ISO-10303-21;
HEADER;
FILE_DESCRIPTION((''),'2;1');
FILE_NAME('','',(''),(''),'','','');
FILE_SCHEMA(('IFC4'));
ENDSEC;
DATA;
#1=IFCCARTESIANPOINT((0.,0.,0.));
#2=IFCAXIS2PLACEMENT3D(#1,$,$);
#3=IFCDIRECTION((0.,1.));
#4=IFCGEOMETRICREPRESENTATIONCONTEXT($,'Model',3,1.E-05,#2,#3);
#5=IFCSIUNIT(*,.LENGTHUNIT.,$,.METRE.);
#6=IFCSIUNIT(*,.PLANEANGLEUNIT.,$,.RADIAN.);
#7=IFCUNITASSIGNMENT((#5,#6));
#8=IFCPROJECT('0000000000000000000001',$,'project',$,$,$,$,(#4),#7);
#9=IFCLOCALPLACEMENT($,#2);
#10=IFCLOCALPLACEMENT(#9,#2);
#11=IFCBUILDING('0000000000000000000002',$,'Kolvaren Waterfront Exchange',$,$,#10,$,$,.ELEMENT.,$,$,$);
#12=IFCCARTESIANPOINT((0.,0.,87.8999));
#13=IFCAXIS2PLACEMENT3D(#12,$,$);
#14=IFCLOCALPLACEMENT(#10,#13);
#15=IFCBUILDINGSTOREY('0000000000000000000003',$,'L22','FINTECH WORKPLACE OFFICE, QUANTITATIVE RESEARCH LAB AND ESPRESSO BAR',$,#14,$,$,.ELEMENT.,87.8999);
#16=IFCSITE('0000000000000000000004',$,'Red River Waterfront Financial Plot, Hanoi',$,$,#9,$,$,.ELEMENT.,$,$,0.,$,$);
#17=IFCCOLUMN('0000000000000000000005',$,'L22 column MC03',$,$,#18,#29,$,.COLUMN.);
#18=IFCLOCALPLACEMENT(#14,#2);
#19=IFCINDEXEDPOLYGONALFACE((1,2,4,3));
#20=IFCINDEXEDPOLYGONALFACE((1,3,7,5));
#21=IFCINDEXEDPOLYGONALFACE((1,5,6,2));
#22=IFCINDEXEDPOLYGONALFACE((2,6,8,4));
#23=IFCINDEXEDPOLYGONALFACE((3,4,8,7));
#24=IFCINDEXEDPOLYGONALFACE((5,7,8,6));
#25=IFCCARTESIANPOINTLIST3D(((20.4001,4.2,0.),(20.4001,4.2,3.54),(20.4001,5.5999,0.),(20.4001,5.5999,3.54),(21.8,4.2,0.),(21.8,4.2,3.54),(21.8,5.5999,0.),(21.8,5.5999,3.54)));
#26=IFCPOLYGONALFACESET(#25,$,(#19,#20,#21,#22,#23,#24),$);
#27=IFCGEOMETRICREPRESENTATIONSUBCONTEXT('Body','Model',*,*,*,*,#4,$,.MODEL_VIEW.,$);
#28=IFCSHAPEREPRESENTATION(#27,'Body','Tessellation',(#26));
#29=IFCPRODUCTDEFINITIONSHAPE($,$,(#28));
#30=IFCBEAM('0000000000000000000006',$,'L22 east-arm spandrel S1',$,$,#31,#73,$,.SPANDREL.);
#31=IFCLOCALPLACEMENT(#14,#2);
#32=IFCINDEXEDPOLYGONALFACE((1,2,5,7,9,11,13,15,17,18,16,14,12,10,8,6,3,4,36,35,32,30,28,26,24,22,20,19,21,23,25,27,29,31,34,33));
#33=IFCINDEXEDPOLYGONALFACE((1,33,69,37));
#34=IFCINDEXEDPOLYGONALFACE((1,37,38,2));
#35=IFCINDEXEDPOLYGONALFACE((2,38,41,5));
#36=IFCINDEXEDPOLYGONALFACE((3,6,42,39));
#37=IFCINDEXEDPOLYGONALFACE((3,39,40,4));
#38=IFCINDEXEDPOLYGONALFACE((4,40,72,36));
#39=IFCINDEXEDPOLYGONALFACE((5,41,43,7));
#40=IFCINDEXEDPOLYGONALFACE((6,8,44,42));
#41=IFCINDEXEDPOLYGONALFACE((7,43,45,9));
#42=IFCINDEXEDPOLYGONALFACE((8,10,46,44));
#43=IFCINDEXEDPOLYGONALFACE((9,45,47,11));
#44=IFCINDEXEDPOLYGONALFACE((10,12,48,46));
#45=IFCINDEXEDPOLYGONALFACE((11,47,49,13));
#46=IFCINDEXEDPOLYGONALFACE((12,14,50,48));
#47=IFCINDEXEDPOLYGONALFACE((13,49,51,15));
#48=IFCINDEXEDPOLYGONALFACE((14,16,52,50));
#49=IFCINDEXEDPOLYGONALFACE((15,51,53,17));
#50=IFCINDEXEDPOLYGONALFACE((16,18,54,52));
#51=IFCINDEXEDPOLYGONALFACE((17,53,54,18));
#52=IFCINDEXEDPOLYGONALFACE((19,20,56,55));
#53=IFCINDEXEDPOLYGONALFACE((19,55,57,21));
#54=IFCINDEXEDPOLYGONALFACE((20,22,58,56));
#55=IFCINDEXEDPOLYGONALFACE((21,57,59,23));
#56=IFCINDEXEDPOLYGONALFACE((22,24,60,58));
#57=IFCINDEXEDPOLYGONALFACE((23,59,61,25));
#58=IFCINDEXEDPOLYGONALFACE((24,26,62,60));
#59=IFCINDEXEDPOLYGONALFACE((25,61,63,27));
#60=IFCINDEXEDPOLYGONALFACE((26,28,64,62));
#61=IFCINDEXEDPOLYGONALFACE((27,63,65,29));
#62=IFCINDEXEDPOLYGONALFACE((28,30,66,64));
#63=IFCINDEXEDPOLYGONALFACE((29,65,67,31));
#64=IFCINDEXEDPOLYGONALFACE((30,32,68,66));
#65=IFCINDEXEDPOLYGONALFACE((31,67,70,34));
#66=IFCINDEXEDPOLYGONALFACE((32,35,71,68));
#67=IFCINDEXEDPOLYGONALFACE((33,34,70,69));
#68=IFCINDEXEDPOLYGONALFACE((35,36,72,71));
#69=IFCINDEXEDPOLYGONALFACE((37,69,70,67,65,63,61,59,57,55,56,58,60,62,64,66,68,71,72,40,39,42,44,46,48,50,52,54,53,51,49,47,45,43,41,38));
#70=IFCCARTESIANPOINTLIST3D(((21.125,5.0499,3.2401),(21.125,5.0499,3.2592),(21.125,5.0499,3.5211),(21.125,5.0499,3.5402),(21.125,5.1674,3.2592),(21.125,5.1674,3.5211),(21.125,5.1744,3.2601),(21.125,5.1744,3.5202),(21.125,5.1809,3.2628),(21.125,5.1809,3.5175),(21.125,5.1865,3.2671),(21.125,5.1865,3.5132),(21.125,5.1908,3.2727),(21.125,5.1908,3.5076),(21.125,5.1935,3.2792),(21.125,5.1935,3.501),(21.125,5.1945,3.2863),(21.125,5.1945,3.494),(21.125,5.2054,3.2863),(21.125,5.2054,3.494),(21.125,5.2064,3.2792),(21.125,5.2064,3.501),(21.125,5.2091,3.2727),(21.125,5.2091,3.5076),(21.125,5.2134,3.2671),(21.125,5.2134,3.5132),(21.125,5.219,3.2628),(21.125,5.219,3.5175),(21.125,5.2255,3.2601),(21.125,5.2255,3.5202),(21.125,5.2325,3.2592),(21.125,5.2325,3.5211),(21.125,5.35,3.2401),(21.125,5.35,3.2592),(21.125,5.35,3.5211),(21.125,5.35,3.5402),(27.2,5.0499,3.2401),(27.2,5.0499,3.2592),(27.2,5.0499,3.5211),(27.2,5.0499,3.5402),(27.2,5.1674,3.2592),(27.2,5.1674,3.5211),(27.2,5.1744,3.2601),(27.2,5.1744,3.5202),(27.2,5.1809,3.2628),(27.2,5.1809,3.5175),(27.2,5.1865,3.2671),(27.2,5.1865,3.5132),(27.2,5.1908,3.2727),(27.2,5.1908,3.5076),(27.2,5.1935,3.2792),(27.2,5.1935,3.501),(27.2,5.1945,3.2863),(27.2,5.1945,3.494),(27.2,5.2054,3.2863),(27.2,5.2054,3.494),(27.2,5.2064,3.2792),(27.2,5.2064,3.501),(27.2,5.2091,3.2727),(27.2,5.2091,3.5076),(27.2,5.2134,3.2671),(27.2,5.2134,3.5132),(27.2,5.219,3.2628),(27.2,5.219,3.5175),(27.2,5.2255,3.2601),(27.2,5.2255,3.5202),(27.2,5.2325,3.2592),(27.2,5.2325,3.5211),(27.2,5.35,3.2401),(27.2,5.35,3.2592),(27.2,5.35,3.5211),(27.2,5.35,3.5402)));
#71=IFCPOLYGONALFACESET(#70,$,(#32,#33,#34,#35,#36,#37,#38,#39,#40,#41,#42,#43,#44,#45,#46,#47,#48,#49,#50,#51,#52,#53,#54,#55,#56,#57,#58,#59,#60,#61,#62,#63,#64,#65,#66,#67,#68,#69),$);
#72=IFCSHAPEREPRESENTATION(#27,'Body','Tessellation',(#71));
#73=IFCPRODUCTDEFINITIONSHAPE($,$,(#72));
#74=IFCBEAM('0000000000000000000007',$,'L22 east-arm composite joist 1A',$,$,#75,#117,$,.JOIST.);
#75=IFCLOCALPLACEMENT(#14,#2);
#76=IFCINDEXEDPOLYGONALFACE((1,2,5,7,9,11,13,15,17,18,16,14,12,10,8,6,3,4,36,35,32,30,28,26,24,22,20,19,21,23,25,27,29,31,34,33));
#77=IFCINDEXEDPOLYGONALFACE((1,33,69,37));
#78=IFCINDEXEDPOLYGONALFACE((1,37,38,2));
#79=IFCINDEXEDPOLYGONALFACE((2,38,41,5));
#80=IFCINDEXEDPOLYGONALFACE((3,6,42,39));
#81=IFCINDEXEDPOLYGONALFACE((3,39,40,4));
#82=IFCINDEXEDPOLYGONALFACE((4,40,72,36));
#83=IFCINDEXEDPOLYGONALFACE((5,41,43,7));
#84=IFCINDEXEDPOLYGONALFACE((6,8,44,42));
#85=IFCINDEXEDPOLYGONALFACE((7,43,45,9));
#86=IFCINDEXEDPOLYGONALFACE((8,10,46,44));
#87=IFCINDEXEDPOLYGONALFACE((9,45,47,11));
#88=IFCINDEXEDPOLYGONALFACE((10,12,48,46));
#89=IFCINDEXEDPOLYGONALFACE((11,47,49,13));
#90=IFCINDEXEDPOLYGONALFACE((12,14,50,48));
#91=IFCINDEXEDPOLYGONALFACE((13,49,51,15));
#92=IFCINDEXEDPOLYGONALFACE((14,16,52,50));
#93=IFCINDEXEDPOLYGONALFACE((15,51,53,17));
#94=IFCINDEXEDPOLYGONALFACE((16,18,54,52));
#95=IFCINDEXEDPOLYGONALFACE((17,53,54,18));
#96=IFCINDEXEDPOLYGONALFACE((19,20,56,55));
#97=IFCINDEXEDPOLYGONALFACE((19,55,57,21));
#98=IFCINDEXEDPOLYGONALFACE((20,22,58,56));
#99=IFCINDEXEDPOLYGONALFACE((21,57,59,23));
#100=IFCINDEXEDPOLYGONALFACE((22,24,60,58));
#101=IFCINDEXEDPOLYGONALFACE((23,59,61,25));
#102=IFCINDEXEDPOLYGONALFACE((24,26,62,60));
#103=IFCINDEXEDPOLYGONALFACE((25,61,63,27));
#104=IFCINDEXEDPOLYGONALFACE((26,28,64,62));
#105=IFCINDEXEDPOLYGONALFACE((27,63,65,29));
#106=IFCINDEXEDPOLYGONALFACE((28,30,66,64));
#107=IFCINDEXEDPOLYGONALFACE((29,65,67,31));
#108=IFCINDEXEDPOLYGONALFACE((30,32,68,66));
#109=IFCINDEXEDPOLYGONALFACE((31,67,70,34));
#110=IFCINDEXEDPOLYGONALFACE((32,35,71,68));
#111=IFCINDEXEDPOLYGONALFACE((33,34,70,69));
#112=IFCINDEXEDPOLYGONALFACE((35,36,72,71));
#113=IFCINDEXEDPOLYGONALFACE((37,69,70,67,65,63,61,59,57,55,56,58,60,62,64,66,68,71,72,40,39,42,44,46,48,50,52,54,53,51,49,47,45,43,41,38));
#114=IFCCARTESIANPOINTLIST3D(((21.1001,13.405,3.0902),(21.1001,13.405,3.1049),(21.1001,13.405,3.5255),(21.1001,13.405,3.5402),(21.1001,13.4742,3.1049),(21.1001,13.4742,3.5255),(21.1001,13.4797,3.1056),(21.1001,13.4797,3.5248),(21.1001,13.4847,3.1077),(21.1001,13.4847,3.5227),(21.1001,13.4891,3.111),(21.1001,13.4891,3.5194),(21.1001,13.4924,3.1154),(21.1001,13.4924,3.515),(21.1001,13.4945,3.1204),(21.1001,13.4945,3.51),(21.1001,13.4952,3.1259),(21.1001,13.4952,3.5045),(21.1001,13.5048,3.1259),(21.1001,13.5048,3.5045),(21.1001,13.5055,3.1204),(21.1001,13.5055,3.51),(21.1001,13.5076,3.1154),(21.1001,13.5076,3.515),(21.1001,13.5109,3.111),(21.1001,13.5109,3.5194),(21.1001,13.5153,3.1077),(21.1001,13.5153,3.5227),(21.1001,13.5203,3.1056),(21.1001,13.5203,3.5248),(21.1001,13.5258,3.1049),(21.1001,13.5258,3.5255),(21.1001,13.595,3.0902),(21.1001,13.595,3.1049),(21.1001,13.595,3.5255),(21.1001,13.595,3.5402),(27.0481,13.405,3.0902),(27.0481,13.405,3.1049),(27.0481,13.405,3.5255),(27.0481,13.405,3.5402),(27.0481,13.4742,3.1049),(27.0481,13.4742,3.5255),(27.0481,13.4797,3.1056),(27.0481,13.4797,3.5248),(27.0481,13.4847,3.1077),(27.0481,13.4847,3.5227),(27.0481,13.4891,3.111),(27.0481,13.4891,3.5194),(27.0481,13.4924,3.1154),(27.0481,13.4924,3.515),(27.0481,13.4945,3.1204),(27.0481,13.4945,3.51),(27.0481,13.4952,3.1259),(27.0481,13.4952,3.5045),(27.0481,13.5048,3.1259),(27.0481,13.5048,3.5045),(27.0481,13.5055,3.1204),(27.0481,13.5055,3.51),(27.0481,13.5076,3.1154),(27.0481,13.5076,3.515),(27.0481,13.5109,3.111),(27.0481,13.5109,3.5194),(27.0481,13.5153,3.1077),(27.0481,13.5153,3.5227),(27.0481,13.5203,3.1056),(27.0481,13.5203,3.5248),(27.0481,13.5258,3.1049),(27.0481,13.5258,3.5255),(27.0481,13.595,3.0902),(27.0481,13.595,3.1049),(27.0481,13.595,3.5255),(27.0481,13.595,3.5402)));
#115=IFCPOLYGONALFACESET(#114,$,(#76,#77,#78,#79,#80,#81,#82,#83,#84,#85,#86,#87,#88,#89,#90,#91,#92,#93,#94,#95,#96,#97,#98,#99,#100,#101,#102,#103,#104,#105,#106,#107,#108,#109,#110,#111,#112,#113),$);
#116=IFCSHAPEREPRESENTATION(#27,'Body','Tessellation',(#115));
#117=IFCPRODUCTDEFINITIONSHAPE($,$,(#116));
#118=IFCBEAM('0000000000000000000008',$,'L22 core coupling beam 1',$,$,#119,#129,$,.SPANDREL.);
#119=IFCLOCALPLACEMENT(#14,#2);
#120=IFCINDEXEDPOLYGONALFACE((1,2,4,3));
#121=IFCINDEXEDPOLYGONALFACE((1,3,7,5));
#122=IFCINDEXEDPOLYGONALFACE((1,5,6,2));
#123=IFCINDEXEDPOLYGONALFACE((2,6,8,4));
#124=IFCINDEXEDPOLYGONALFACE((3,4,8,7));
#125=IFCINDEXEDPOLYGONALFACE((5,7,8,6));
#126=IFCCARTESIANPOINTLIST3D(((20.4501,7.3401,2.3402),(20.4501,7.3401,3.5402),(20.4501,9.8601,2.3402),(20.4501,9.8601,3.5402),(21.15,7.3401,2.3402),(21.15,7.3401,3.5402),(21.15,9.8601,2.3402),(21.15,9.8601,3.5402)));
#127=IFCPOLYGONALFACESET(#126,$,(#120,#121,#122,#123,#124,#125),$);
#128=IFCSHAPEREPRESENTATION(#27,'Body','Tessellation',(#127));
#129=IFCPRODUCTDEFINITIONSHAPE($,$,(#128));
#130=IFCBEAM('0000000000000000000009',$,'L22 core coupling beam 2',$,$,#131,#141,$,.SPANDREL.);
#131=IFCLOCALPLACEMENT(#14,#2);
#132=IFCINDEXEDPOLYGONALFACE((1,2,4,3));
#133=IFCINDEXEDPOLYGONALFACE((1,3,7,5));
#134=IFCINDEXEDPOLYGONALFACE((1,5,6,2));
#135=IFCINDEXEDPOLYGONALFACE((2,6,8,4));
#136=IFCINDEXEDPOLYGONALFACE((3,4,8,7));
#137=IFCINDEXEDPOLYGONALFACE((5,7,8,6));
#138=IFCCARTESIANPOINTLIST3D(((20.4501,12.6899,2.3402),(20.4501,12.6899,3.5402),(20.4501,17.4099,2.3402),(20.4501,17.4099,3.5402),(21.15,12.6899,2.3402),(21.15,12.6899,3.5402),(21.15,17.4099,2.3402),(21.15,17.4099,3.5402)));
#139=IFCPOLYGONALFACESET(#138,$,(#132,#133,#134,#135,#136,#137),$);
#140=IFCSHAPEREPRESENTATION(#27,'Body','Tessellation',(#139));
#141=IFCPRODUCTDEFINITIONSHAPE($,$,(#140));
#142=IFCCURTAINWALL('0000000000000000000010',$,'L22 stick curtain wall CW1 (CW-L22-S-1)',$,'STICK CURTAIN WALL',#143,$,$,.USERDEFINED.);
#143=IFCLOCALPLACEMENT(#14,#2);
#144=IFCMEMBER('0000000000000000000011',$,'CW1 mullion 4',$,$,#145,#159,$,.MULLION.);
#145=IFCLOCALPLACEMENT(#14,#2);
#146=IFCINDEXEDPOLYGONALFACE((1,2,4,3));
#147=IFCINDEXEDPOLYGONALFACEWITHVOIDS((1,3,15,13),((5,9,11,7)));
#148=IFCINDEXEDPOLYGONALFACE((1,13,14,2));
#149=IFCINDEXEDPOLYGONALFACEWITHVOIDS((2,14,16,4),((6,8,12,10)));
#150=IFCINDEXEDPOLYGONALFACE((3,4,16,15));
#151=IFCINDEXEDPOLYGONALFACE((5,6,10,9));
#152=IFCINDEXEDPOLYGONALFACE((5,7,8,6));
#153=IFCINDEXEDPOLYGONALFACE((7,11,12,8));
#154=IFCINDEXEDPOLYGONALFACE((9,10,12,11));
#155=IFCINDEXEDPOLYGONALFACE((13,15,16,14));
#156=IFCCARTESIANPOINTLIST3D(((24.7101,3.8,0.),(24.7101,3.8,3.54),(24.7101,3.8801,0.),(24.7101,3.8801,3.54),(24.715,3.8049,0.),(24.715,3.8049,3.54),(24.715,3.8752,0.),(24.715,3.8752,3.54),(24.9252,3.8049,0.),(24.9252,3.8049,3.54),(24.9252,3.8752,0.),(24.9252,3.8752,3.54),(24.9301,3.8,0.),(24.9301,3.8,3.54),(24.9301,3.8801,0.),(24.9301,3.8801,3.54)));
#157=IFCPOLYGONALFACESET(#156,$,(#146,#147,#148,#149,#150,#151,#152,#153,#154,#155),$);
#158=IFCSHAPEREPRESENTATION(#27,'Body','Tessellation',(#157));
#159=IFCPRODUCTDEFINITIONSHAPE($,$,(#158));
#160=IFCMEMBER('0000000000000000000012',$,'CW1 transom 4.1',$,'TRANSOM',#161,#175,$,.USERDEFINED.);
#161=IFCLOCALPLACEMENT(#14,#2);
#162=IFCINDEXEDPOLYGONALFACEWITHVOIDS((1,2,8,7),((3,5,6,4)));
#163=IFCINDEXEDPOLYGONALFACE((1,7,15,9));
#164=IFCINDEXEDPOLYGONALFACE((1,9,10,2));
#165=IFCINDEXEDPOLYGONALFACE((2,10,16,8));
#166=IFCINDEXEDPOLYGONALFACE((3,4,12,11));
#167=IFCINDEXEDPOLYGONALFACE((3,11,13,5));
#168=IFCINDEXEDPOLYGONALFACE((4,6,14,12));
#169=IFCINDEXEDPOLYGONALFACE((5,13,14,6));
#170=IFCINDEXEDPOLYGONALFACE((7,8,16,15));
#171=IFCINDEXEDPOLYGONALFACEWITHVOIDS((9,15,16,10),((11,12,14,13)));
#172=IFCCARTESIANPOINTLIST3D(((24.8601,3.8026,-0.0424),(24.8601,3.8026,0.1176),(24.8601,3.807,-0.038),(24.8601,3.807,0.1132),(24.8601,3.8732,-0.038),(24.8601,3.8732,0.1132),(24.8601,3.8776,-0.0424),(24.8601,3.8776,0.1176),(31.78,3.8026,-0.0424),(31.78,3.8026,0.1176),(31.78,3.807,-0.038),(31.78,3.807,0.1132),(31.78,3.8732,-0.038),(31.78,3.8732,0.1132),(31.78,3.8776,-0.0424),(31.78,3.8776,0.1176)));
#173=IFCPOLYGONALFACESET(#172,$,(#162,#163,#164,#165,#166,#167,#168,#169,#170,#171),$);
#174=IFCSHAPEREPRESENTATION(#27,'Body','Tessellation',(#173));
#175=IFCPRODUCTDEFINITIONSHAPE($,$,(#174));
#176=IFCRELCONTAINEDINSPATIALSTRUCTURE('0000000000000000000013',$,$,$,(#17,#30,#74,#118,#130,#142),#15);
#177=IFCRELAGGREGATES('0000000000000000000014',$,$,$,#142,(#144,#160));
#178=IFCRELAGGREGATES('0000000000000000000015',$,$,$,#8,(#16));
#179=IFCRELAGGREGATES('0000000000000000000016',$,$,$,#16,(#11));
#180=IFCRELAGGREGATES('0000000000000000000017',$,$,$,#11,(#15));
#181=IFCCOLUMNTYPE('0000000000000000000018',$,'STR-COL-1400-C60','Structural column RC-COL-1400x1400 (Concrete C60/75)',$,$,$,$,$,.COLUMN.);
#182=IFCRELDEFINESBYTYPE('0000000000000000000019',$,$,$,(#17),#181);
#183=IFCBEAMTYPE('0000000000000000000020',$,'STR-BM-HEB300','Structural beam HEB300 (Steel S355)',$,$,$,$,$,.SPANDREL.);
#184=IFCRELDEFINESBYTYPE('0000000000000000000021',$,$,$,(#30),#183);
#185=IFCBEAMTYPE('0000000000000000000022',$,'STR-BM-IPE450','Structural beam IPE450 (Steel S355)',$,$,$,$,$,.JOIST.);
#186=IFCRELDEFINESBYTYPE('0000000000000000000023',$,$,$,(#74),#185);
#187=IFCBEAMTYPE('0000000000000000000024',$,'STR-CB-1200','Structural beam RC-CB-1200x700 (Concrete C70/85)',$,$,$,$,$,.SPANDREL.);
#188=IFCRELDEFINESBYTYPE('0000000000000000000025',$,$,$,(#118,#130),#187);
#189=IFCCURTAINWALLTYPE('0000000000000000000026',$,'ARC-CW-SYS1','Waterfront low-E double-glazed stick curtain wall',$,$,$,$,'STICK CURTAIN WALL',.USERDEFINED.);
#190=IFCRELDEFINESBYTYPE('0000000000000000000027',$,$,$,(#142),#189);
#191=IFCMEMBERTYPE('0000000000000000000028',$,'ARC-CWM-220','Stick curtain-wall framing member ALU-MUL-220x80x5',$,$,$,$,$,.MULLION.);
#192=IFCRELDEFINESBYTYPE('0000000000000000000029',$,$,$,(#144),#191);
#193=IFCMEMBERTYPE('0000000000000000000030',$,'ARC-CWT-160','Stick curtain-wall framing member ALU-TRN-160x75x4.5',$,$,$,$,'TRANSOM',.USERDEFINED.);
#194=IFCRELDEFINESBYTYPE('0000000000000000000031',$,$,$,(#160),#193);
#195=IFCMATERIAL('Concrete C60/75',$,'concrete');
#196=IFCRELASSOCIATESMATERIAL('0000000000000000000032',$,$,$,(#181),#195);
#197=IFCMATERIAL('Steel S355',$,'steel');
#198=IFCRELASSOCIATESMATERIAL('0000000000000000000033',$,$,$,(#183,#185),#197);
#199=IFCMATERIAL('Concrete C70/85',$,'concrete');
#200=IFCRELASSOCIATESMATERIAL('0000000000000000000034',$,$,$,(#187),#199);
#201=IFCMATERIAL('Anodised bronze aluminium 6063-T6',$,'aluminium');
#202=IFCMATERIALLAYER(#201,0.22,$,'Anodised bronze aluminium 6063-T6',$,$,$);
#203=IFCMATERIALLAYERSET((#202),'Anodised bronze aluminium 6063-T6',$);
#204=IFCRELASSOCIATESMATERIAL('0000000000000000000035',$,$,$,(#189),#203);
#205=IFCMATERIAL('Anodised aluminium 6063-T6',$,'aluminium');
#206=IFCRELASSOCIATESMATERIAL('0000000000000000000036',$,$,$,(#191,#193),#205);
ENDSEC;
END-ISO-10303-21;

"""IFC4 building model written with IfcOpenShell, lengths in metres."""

from ifc_helpers import new_model, si_unit, direction, frame, origin, origin_with_axes, origin_2d, place, context, subcontext, project, spatial, rectangle, hollow_rectangle, i_section, extrude, source, transform, mapped, material, layer, layer_set, material_profile, profile_set, type_object, element, aggregate, save


model = new_model("IFC4")

# Units and contexts
model_context = context("Model", 3, precision=1e-05, world=origin(), true_north=direction((0.0, 1.0)))
body_context = subcontext(model_context, "Body", "Model", "MODEL_VIEW")
ifc_project = project(units=[si_unit("LENGTHUNIT", "METRE"), si_unit("PLANEANGLEUNIT", "RADIAN")], contexts=[model_context])

# Site, building, storey
site_placement = place(None, origin())
site = spatial("IfcSite", under=ifc_project, at=site_placement, Name="Red River Waterfront Financial Plot, Hanoi", CompositionType="ELEMENT", RefElevation=0.0)
building_placement = place(site_placement, origin())
building = spatial("IfcBuilding", under=site, at=building_placement, Name="Kolvaren Waterfront Exchange", CompositionType="ELEMENT")
storey_placement = place(building_placement, frame((0.0, 0.0, 87.8999)))
storey = spatial("IfcBuildingStorey", under=building, at=storey_placement, Name="L22", Description="FINTECH WORKPLACE OFFICE, QUANTITATIVE RESEARCH LAB AND ESPRESSO BAR", CompositionType="ELEMENT", Elevation=87.8999)

# Column
ifc_material_1 = material(Name="Concrete C60/75", Category="concrete")
ifc_material_profile_1 = material_profile(ifc_material_1, rectangle(XDim=1.3999, YDim=1.3999, at=origin_2d()), Name="RC-COL-1400x1400")
ifc_profile_set_1 = profile_set([ifc_material_profile_1], Name="Concrete C60/75")
column_type = type_object("IfcColumnType", Name="STR-COL-1400-C60", Description="Structural column RC-COL-1400x1400 (Concrete C60/75)", PredefinedType="COLUMN", material=ifc_profile_set_1)
column_placement = place(storey_placement, frame((21.1001, 4.8999, 0.0), z_axis=(0.0, 0.0, 1.0), x_axis=(1.0, 0.0, 0.0)))
element("IfcColumn", 1, at=column_placement, inside=storey, type_object=column_type, Name="L22 column MC03", PredefinedType="COLUMN", context=body_context, shape_type="SweptSolid", body=[
    extrude(rectangle(XDim=1.3999, YDim=1.3999, at=origin_2d()), origin(), (0.0, 0.0, 1.0), 3.54),
])

# Beams
ifc_material_2 = material(Name="Steel S355", Category="steel")
ifc_material_profile_2 = material_profile(ifc_material_2, i_section(OverallWidth=0.3, OverallDepth=0.3, WebThickness=0.011, FlangeThickness=0.019, FilletRadius=0.0271, at=origin_2d()), Name="HEB300")
ifc_profile_set_2 = profile_set([ifc_material_profile_2], Name="Steel S355")
beam_type_1 = type_object("IfcBeamType", Name="STR-BM-HEB300", Description="Structural beam HEB300 (Steel S355)", PredefinedType="SPANDREL", material=ifc_profile_set_2)
beam_1_placement = place(storey_placement, frame((21.125, 5.2, 3.3901), z_axis=(1.0, 0.0, 0.0), x_axis=(0.0, 1.0, 0.0)))
element("IfcBeam", 2, at=beam_1_placement, inside=storey, type_object=beam_type_1, Name="L22 east-arm spandrel S1", PredefinedType="SPANDREL", context=body_context, shape_type="SweptSolid", body=[
    extrude(i_section(OverallWidth=0.3, OverallDepth=0.3, WebThickness=0.011, FlangeThickness=0.019, FilletRadius=0.0271, at=origin_2d()), origin(), (0.0, 0.0, 1.0), 6.075),
])
ifc_material_profile_3 = material_profile(ifc_material_2, i_section(OverallWidth=0.1899, OverallDepth=0.45, WebThickness=0.0095, FlangeThickness=0.0146, FilletRadius=0.021, at=origin_2d()), Name="IPE450")
ifc_profile_set_3 = profile_set([ifc_material_profile_3], Name="Steel S355")
beam_type_2 = type_object("IfcBeamType", Name="STR-BM-IPE450", Description="Structural beam IPE450 (Steel S355)", PredefinedType="JOIST", material=ifc_profile_set_3)
beam_2_placement = place(storey_placement, frame((21.1001, 13.5, 3.3152), z_axis=(1.0, 0.0, 0.0), x_axis=(0.0, 1.0, 0.0)))
element("IfcBeam", 3, at=beam_2_placement, inside=storey, type_object=beam_type_2, Name="L22 east-arm composite joist 1A", PredefinedType="JOIST", context=body_context, shape_type="SweptSolid", body=[
    extrude(i_section(OverallWidth=0.1899, OverallDepth=0.45, WebThickness=0.0095, FlangeThickness=0.0146, FilletRadius=0.021, at=origin_2d()), origin(), (0.0, 0.0, 1.0), 5.948),
])
ifc_material_3 = material(Name="Concrete C70/85", Category="concrete")
ifc_material_profile_4 = material_profile(ifc_material_3, rectangle(XDim=0.7, YDim=1.2, at=origin_2d()), Name="RC-CB-1200x700")
ifc_profile_set_4 = profile_set([ifc_material_profile_4], Name="Concrete C70/85")
beam_type_3 = type_object("IfcBeamType", Name="STR-CB-1200", Description="Structural beam RC-CB-1200x700 (Concrete C70/85)", PredefinedType="SPANDREL", material=ifc_profile_set_4)
beam_3_placement = place(storey_placement, frame((20.8, 7.3401, 2.9402), z_axis=(0.0, 1.0, 0.0), x_axis=(-1.0, 0.0, 0.0)))
element("IfcBeam", 4, at=beam_3_placement, inside=storey, type_object=beam_type_3, Name="L22 core coupling beam 1", PredefinedType="SPANDREL", context=body_context, shape_type="SweptSolid", body=[
    extrude(rectangle(XDim=0.7, YDim=1.2, at=origin_2d()), origin(), (0.0, 0.0, 1.0), 2.52),
])
beam_4_placement = place(storey_placement, frame((20.8, 12.6899, 2.9402), z_axis=(0.0, 1.0, 0.0), x_axis=(-1.0, 0.0, 0.0)))
element("IfcBeam", 5, at=beam_4_placement, inside=storey, type_object=beam_type_3, Name="L22 core coupling beam 2", PredefinedType="SPANDREL", context=body_context, shape_type="SweptSolid", body=[
    extrude(rectangle(XDim=0.7, YDim=1.2, at=origin_2d()), origin(), (0.0, 0.0, 1.0), 4.72),
])

# Curtain wall, members
ifc_material_4 = material(Name="Anodised bronze aluminium 6063-T6", Category="aluminium")
ifc_layer_1 = layer(ifc_material_4, 0.22, Name="Anodised bronze aluminium 6063-T6")
ifc_layer_set_1 = layer_set([ifc_layer_1], Name="Anodised bronze aluminium 6063-T6")
curtain_wall_type = type_object("IfcCurtainWallType", Name="ARC-CW-SYS1", Description="Waterfront low-E double-glazed stick curtain wall", ElementType="STICK CURTAIN WALL", PredefinedType="USERDEFINED", material=ifc_layer_set_1)
curtain_wall_placement = place(storey_placement, origin())
curtain_wall = element("IfcCurtainWall", 6, at=curtain_wall_placement, inside=storey, type_object=curtain_wall_type, Name="L22 stick curtain wall CW1 (CW-L22-S-1)", ObjectType="STICK CURTAIN WALL", PredefinedType="USERDEFINED")
ifc_material_5 = material(Name="Anodised aluminium 6063-T6", Category="aluminium")
ifc_material_profile_5 = material_profile(ifc_material_5, hollow_rectangle(XDim=0.0801, YDim=0.22, WallThickness=0.0049, at=origin_2d()), Name="ALU-MUL-220x80x5")
ifc_profile_set_5 = profile_set([ifc_material_profile_5], Name="Anodised aluminium 6063-T6")
member_type_1 = type_object("IfcMemberType", Name="ARC-CWM-220", Description="Stick curtain-wall framing member ALU-MUL-220x80x5", PredefinedType="MULLION", material=ifc_profile_set_5)
shared_shape_1 = source(origin_with_axes(), body_context, "Body", "SweptSolid", [
    extrude(hollow_rectangle(XDim=0.0801, YDim=0.22, WallThickness=0.0049, at=origin_2d()), origin(), (0.0, 0.0, 1.0), 3.54),
])
member_1_placement = place(storey_placement, frame((24.8201, 3.8401, 0.0), z_axis=(0.0, 0.0, 1.0), x_axis=(0.0, 1.0, 0.0)))
member_1 = element("IfcMember", 7, at=member_1_placement, type_object=member_type_1, Name="CW1 mullion 4", PredefinedType="MULLION", context=body_context, shape_type="MappedRepresentation", body=[
    mapped(shared_shape_1, transform((0.0, 0.0, 0.0), x_axis=(1.0, 0.0, 0.0), y_axis=(0.0, 1.0, 0.0), z_axis=(0.0, 0.0, 1.0), scale=1.0)),
])
ifc_material_profile_6 = material_profile(ifc_material_5, hollow_rectangle(XDim=0.075, YDim=0.1599, WallThickness=0.0044, at=origin_2d()), Name="ALU-TRN-160x75x4.5")
ifc_profile_set_6 = profile_set([ifc_material_profile_6], Name="Anodised aluminium 6063-T6")
member_type_2 = type_object("IfcMemberType", Name="ARC-CWT-160", Description="Stick curtain-wall framing member ALU-TRN-160x75x4.5", ElementType="TRANSOM", PredefinedType="USERDEFINED", material=ifc_profile_set_6)
shared_shape_2 = source(origin_with_axes(), body_context, "Body", "SweptSolid", [
    extrude(hollow_rectangle(XDim=0.075, YDim=0.1599, WallThickness=0.0044, at=origin_2d()), origin(), (0.0, 0.0, 1.0), 6.9199),
])
member_2_placement = place(storey_placement, frame((24.8601, 3.8401, 0.0376), z_axis=(1.0, 0.0, 0.0), x_axis=(0.0, 1.0, 0.0)))
member_2 = element("IfcMember", 8, at=member_2_placement, type_object=member_type_2, Name="CW1 transom 4.1", ObjectType="TRANSOM", PredefinedType="USERDEFINED", context=body_context, shape_type="MappedRepresentation", body=[
    mapped(shared_shape_2, transform((0.0, 0.0, 0.0), x_axis=(1.0, 0.0, 0.0), y_axis=(0.0, 1.0, 0.0), z_axis=(0.0, 0.0, 1.0), scale=1.0)),
])
aggregate(curtain_wall, [member_1, member_2])

save(model, "model.ifc")
